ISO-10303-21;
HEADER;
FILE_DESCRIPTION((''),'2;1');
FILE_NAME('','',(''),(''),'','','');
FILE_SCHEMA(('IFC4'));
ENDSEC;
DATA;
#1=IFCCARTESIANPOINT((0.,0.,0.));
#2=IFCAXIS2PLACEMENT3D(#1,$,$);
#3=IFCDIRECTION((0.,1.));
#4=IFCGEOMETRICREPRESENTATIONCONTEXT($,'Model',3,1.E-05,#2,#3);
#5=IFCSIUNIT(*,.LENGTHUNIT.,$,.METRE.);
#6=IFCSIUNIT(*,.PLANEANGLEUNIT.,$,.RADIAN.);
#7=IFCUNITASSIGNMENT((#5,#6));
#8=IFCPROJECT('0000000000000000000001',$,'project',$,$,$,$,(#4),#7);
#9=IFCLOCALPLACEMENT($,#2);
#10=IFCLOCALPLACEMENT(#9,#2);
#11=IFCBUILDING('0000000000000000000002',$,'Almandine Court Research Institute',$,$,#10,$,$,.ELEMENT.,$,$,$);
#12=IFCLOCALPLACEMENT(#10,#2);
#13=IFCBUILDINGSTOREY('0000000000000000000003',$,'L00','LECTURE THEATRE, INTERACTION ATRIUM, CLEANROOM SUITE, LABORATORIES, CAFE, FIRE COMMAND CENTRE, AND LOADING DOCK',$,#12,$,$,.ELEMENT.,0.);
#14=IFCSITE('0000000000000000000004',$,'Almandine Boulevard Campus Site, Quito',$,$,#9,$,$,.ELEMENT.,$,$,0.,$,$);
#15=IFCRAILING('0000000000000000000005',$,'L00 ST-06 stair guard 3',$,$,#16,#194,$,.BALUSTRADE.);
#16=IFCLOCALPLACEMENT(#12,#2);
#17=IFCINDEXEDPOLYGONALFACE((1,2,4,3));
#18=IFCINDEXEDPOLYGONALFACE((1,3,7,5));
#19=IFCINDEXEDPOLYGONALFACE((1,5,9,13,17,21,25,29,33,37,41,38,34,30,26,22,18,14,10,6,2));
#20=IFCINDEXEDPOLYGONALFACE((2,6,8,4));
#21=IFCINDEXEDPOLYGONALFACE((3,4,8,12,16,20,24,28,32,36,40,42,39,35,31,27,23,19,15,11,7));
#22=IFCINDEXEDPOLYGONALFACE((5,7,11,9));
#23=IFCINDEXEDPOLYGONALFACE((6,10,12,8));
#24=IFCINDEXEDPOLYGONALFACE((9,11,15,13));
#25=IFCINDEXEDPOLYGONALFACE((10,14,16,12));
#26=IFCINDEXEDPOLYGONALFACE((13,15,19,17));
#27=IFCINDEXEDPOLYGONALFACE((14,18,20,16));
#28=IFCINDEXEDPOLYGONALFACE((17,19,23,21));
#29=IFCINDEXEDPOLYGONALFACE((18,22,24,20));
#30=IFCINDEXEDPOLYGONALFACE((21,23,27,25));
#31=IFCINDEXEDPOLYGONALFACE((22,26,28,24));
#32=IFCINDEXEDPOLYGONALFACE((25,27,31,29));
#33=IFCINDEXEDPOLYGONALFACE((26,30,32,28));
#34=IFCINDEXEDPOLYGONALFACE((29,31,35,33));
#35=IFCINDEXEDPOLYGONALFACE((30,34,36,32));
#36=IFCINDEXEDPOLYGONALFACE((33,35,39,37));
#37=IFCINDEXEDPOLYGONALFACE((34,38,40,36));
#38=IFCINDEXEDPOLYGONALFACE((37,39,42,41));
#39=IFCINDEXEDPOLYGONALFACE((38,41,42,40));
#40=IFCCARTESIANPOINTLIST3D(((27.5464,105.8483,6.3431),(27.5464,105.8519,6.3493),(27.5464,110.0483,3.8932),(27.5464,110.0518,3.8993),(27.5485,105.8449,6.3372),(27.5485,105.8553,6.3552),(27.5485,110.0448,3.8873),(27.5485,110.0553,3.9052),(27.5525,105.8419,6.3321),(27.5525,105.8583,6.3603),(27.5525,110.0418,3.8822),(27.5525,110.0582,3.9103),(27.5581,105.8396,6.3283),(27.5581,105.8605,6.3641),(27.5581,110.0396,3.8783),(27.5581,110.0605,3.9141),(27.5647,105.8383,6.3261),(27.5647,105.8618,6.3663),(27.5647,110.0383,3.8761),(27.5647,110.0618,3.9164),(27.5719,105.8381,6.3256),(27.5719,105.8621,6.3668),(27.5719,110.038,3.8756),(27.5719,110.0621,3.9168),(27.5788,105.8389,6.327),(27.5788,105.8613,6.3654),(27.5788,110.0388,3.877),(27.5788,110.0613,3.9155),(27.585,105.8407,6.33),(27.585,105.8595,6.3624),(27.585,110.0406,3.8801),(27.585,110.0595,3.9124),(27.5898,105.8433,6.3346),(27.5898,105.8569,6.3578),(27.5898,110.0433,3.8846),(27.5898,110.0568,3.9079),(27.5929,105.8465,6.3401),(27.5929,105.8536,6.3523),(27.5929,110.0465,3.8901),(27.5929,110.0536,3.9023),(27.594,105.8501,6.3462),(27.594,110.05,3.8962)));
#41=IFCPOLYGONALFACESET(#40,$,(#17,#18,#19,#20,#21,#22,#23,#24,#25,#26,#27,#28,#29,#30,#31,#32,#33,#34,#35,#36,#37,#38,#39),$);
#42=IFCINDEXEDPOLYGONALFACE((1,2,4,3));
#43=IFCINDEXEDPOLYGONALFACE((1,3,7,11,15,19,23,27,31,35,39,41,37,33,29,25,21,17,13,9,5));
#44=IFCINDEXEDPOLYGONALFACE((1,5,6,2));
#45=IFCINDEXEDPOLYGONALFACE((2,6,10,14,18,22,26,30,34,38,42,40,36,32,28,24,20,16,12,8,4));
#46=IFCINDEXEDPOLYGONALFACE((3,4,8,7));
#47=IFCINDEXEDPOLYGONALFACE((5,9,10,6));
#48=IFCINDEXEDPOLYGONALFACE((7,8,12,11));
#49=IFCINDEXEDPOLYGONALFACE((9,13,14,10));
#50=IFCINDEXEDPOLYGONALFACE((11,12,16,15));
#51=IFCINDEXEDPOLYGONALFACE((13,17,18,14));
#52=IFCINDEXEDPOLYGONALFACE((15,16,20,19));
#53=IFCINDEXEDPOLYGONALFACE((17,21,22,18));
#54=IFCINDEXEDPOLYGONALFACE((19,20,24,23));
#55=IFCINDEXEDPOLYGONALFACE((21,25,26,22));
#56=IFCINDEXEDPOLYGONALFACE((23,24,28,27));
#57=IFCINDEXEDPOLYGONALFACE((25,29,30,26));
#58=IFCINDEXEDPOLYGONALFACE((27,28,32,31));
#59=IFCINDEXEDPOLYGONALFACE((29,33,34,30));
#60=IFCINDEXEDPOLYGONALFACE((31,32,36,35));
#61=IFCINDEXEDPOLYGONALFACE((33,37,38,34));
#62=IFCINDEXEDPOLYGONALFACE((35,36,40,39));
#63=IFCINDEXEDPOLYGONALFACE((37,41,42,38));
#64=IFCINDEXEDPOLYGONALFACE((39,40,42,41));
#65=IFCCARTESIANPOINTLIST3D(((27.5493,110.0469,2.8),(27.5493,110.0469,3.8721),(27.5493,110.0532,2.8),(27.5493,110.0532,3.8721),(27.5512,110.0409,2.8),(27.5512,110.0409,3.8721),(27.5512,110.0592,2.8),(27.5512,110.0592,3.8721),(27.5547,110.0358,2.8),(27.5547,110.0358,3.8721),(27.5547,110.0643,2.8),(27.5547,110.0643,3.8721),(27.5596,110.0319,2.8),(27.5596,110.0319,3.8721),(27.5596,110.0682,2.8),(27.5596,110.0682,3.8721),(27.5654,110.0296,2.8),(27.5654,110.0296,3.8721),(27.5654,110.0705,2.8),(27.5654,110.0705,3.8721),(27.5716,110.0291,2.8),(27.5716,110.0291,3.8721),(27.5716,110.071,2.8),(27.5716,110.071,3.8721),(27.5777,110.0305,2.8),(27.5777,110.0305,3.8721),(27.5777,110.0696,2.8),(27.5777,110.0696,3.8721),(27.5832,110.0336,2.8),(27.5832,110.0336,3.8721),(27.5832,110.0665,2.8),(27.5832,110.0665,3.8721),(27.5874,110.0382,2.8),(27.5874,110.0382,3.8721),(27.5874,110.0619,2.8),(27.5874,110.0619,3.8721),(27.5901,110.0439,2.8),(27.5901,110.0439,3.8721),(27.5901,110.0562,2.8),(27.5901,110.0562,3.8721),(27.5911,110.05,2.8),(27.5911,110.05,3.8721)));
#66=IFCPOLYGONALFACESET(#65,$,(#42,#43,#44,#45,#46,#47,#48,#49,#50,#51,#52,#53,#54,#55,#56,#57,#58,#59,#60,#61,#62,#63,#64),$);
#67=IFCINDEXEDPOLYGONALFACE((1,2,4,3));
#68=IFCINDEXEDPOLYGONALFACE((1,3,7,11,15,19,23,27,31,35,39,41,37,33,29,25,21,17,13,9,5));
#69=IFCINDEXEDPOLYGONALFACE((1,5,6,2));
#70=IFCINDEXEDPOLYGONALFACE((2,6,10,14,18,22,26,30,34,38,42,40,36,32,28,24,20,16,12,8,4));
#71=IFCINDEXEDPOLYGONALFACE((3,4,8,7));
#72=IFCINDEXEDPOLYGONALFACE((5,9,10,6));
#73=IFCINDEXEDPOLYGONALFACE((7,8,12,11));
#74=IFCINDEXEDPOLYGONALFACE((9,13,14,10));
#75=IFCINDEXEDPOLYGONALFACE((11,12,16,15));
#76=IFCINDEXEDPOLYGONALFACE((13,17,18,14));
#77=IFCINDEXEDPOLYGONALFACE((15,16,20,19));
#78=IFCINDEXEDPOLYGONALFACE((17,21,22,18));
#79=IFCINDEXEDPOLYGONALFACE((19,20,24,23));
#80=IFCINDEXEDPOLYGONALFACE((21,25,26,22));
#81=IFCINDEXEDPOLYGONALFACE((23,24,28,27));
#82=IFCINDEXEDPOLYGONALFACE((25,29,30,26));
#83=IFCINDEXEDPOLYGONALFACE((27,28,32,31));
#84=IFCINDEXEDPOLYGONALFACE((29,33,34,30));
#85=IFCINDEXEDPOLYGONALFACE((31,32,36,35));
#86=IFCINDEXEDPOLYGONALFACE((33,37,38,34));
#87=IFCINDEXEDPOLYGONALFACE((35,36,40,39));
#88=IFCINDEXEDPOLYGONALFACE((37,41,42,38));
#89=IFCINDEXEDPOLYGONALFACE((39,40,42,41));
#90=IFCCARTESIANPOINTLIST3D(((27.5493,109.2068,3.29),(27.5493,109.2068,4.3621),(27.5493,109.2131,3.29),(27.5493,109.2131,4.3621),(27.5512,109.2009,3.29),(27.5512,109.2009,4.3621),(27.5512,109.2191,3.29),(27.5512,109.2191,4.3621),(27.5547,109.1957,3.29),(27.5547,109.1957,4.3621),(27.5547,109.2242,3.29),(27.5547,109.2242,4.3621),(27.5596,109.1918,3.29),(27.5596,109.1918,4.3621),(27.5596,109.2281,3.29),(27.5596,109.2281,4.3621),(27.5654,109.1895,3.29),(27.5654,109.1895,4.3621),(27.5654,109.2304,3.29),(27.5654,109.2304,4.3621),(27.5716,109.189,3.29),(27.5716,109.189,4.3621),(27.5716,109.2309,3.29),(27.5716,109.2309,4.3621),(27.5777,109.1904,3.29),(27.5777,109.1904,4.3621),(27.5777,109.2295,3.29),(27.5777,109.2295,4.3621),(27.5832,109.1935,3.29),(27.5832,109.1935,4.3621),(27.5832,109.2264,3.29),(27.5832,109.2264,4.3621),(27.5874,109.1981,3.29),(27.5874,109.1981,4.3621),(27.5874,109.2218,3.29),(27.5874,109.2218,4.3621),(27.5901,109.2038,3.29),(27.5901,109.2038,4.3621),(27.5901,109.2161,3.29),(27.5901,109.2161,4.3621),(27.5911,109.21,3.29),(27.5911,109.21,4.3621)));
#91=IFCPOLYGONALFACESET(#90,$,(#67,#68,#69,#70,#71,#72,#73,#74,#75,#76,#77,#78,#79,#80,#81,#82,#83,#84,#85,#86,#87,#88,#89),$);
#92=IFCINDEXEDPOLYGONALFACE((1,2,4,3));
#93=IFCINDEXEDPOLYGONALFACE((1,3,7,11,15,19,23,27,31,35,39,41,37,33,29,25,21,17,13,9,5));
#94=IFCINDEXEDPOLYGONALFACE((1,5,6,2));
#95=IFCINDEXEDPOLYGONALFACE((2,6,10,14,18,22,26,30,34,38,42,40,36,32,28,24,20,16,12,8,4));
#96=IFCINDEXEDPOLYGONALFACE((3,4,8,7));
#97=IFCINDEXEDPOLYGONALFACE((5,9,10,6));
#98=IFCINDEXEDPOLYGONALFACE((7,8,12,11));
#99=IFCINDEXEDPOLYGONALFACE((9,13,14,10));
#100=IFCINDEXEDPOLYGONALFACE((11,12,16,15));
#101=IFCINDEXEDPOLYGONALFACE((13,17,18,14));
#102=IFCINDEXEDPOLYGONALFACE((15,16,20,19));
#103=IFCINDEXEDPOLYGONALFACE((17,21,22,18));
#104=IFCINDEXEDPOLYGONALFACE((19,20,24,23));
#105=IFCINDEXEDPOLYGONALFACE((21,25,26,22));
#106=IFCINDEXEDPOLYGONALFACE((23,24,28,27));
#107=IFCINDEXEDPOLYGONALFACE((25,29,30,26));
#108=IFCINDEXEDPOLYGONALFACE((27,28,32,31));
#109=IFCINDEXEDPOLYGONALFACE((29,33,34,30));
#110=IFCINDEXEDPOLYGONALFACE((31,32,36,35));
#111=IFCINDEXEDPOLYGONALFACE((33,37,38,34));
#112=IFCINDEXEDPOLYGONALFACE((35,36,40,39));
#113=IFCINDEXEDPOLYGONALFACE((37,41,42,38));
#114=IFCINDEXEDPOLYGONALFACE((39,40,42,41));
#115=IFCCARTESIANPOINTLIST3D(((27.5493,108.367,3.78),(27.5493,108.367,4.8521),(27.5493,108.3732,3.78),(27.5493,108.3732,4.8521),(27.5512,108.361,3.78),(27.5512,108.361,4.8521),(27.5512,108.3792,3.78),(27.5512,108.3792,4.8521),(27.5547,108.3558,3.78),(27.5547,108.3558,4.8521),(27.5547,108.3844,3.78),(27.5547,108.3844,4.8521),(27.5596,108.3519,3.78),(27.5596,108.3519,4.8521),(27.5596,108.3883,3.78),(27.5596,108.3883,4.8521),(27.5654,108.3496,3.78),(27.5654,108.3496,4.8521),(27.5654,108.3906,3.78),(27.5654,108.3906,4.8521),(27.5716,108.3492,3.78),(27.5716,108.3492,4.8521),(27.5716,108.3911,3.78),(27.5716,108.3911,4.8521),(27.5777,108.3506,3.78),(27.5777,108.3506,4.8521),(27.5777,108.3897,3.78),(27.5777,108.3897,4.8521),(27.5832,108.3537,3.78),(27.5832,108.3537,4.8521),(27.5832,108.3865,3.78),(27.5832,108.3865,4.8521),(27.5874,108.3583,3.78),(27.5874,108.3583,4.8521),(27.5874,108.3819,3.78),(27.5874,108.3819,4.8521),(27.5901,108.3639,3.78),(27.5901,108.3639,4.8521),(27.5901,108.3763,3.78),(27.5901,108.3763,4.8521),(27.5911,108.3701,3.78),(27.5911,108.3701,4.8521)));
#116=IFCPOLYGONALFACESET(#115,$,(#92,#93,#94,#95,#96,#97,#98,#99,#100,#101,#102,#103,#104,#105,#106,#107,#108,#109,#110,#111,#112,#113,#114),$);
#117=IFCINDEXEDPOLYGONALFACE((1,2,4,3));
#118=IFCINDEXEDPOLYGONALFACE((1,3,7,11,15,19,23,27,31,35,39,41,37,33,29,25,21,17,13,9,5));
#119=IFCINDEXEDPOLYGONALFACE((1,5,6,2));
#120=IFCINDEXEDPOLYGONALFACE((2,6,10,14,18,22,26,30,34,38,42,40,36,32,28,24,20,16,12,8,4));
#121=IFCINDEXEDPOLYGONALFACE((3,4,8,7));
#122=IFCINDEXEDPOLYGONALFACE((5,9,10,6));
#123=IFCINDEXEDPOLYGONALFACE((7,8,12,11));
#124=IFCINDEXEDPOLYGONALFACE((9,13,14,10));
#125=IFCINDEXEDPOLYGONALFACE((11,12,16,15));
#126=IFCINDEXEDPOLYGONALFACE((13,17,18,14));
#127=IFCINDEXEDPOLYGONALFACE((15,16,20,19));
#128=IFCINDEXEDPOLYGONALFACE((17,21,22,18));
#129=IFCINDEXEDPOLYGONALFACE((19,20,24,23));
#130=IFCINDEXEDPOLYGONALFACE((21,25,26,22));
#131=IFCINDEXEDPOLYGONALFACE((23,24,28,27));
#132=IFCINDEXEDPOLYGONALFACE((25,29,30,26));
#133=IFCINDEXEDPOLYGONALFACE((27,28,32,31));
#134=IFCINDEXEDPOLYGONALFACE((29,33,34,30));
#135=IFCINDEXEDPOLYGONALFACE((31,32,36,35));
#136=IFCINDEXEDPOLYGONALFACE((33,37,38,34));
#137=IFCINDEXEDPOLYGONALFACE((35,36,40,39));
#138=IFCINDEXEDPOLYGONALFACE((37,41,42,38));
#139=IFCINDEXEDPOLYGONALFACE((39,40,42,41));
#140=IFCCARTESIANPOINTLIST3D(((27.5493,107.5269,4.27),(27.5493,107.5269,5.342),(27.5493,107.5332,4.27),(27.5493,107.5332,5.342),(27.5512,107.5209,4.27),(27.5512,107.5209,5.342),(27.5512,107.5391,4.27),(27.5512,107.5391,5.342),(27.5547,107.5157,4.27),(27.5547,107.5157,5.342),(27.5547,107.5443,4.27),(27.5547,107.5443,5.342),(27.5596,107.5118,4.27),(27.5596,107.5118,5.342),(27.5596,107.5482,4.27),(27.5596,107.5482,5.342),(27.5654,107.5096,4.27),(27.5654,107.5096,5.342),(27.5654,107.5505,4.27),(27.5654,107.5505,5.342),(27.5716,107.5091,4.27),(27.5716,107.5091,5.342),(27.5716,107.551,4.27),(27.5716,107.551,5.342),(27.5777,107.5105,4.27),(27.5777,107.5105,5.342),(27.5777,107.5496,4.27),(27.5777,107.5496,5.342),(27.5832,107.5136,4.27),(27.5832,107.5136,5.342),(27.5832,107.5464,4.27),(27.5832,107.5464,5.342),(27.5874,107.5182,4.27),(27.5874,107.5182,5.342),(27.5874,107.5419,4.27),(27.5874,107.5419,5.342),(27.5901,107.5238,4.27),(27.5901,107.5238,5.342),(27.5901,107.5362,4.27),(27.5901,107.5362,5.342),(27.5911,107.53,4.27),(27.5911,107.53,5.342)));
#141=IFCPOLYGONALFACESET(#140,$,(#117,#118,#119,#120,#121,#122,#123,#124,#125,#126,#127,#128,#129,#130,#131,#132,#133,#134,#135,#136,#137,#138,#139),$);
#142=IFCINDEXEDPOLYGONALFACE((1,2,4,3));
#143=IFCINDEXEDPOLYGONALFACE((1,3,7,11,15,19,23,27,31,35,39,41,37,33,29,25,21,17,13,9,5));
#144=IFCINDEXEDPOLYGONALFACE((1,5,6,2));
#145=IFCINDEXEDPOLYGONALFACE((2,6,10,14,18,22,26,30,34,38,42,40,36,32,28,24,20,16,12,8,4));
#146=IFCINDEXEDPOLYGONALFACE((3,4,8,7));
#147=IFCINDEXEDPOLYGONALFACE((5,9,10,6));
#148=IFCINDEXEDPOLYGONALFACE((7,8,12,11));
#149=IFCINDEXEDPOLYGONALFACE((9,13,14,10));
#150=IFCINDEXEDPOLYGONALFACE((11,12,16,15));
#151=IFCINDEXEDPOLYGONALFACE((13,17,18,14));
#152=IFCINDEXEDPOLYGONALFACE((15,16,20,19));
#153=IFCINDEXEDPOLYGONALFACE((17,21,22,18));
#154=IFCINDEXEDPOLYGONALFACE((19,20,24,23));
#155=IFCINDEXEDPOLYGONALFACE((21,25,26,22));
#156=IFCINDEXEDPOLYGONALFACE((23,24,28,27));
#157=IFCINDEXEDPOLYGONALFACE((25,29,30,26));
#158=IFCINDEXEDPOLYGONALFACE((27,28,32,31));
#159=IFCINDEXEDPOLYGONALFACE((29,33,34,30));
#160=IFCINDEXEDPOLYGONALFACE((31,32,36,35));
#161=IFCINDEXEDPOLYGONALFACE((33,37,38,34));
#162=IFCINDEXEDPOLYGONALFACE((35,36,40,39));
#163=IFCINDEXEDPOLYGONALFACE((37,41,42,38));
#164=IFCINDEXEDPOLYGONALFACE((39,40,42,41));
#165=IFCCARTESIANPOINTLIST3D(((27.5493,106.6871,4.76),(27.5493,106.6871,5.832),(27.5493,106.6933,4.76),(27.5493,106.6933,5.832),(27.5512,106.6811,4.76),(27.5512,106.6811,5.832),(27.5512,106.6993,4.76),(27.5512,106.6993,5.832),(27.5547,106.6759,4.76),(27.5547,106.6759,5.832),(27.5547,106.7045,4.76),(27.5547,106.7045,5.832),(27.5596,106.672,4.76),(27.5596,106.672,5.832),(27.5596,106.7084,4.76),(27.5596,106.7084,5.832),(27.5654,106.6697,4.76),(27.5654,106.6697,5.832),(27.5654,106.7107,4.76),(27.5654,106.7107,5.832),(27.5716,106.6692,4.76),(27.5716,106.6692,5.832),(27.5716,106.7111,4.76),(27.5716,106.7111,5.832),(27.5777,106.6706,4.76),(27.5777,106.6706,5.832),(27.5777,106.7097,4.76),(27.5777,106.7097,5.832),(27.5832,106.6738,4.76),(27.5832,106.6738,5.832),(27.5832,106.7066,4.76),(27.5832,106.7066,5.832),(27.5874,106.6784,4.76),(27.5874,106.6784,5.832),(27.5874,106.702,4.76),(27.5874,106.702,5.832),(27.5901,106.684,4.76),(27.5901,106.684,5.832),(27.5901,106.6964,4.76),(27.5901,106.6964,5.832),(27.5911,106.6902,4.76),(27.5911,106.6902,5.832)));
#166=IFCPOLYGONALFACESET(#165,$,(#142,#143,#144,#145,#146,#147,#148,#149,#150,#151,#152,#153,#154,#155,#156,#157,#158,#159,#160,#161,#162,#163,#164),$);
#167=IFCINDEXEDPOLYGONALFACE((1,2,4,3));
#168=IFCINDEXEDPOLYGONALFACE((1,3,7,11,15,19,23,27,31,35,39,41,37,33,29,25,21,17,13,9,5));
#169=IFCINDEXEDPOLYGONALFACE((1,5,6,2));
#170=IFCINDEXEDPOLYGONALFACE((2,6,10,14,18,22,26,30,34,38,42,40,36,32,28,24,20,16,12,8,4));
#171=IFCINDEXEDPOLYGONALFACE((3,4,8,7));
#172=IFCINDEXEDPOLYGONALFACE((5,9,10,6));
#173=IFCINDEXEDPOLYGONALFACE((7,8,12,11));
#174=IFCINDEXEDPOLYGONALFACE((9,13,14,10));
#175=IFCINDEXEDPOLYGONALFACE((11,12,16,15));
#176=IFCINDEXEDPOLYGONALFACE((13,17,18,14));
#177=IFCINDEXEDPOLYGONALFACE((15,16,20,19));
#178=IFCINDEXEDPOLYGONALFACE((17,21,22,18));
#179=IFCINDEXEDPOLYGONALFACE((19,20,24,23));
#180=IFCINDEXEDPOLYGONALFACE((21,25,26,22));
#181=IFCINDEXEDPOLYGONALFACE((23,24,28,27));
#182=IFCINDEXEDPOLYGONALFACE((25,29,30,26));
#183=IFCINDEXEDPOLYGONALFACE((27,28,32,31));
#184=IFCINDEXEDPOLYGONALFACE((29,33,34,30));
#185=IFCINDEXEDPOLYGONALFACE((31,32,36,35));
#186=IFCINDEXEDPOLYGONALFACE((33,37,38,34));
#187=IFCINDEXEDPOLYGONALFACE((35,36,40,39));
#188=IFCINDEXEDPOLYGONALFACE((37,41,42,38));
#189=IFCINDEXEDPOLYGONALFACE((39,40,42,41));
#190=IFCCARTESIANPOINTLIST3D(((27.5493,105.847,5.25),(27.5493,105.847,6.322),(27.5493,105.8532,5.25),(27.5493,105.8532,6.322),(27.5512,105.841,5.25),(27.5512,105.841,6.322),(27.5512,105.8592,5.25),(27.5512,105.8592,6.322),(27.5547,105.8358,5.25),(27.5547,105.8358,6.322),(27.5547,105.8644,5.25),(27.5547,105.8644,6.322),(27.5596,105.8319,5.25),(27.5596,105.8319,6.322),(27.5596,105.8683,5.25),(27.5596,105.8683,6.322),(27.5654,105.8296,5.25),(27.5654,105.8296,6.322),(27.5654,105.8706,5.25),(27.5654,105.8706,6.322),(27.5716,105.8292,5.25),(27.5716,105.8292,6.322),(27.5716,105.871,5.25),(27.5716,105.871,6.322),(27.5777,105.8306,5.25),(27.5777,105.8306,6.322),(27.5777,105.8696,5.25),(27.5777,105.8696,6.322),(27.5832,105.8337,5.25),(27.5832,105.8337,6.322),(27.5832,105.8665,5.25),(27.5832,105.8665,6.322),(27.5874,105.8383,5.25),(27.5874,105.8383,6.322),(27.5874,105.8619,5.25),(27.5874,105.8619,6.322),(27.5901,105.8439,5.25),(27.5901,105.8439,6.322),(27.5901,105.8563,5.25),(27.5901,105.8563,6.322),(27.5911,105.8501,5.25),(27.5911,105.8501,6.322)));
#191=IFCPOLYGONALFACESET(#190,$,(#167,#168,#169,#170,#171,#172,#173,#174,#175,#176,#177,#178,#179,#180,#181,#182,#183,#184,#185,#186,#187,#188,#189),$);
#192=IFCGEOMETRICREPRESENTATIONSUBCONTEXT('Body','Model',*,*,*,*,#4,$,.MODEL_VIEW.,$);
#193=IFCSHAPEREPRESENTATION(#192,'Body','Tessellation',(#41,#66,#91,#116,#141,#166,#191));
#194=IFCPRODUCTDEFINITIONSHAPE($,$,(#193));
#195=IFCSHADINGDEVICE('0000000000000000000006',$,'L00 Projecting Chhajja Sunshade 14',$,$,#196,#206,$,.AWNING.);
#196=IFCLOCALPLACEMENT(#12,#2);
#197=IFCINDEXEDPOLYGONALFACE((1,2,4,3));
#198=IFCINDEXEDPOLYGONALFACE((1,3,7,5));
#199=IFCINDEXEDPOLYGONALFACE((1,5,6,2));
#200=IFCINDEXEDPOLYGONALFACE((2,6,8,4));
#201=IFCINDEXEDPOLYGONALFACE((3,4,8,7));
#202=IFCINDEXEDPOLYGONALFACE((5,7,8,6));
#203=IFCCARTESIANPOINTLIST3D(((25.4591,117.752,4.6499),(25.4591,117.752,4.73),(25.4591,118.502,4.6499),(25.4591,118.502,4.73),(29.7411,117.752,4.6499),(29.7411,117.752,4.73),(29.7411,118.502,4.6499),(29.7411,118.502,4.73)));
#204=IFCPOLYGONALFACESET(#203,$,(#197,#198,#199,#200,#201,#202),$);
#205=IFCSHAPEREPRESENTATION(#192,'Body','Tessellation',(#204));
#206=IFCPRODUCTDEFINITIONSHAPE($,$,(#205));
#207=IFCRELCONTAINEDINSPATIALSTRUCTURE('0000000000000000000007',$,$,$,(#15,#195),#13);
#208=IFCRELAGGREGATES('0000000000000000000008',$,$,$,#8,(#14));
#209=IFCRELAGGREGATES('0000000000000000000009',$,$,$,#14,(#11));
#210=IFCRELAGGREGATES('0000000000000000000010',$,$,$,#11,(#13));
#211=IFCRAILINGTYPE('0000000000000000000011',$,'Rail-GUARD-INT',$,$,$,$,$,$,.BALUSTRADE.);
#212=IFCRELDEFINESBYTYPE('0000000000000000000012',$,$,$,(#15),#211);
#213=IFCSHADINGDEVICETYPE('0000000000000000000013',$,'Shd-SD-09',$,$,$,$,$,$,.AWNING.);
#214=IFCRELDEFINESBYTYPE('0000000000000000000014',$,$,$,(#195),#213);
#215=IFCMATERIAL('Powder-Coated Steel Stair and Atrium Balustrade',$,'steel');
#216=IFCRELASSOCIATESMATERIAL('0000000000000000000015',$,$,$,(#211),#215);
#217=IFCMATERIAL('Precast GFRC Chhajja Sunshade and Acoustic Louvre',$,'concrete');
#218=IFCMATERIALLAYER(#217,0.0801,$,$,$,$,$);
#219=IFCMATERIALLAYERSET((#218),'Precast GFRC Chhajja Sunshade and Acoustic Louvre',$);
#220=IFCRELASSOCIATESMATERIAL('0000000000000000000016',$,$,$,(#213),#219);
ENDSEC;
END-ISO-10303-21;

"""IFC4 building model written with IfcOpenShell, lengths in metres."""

from ifc_helpers import new_model, si_unit, direction, frame, origin, origin_2d, place, context, subcontext, project, spatial, rectangle, circle, extrude, material, layer, layer_set, type_object, element, save


model = new_model("IFC4")

# Units and contexts
model_context = context("Model", 3, precision=1e-05, world=origin(), true_north=direction((0.0, 1.0)))
body_context = subcontext(model_context, "Body", "Model", "MODEL_VIEW")
ifc_project = project(units=[si_unit("LENGTHUNIT", "METRE"), si_unit("PLANEANGLEUNIT", "RADIAN")], contexts=[model_context])

# Site, building, storey
site_placement = place(None, origin())
site = spatial("IfcSite", under=ifc_project, at=site_placement, Name="Almandine Boulevard Campus Site, Quito", CompositionType="ELEMENT", RefElevation=0.0)
building_placement = place(site_placement, origin())
building = spatial("IfcBuilding", under=site, at=building_placement, Name="Almandine Court Research Institute", CompositionType="ELEMENT")
storey_placement = place(building_placement, origin())
storey = spatial("IfcBuildingStorey", under=building, at=storey_placement, Name="L00", Description="LECTURE THEATRE, INTERACTION ATRIUM, CLEANROOM SUITE, LABORATORIES, CAFE, FIRE COMMAND CENTRE, AND LOADING DOCK", CompositionType="ELEMENT", Elevation=0.0)

# Railing
ifc_material_1 = material(Name="Powder-Coated Steel Stair and Atrium Balustrade", Category="steel")
railing_type_1 = type_object("IfcRailingType", Name="Rail-GUARD-INT", PredefinedType="BALUSTRADE", material=ifc_material_1)
railing_1_placement = place(storey_placement, frame((27.5701, 110.05, 2.8)))
element("IfcRailing", 1, at=railing_1_placement, inside=storey, type_object=railing_type_1, Name="L00 ST-06 stair guard 3", PredefinedType="BALUSTRADE", context=body_context, shape_type="SweptSolid", body=[
    extrude(circle(Radius=0.0239, at=origin_2d()), frame((0.0, 0.0, 1.0962), z_axis=(0.0, -0.863781, 0.503868), x_axis=(1.0, 0.0, 0.0)), (0.0, 0.0, 1.0), 4.8623),
    extrude(circle(Radius=0.021, at=origin_2d()), origin(), (0.0, 0.0, 1.0), 1.072),
    extrude(circle(Radius=0.021, at=origin_2d()), frame((0.0, -0.8401, 0.49)), (0.0, 0.0, 1.0), 1.072),
    extrude(circle(Radius=0.021, at=origin_2d()), frame((0.0, -1.6799, 0.98)), (0.0, 0.0, 1.0), 1.072),
    extrude(circle(Radius=0.021, at=origin_2d()), frame((0.0, -2.52, 1.47)), (0.0, 0.0, 1.0), 1.072),
    extrude(circle(Radius=0.021, at=origin_2d()), frame((0.0, -3.3599, 1.96)), (0.0, 0.0, 1.0), 1.072),
    extrude(circle(Radius=0.021, at=origin_2d()), frame((0.0, -4.2, 2.45)), (0.0, 0.0, 1.0), 1.072),
])

# Shading device
ifc_material_2 = material(Name="Precast GFRC Chhajja Sunshade and Acoustic Louvre", Category="concrete")
ifc_layer_1 = layer(ifc_material_2, 0.0801)
ifc_layer_set_1 = layer_set([ifc_layer_1], Name="Precast GFRC Chhajja Sunshade and Acoustic Louvre")
shading_device_type_1 = type_object("IfcShadingDeviceType", Name="Shd-SD-09", PredefinedType="AWNING", material=ifc_layer_set_1)
shading_device_1_placement = place(storey_placement, frame((27.6001, 118.127, 4.6499), z_axis=(0.0, 0.0, 1.0), x_axis=(1.0, 0.0, 0.0)))
element("IfcShadingDevice", 2, at=shading_device_1_placement, inside=storey, type_object=shading_device_type_1, Name="L00 Projecting Chhajja Sunshade 14", PredefinedType="AWNING", context=body_context, shape_type="SweptSolid", body=[
    extrude(rectangle(XDim=4.282, YDim=0.75, at=origin_2d()), origin(), (0.0, 0.0, 1.0), 0.0801),
])

save(model, "model.ifc")
